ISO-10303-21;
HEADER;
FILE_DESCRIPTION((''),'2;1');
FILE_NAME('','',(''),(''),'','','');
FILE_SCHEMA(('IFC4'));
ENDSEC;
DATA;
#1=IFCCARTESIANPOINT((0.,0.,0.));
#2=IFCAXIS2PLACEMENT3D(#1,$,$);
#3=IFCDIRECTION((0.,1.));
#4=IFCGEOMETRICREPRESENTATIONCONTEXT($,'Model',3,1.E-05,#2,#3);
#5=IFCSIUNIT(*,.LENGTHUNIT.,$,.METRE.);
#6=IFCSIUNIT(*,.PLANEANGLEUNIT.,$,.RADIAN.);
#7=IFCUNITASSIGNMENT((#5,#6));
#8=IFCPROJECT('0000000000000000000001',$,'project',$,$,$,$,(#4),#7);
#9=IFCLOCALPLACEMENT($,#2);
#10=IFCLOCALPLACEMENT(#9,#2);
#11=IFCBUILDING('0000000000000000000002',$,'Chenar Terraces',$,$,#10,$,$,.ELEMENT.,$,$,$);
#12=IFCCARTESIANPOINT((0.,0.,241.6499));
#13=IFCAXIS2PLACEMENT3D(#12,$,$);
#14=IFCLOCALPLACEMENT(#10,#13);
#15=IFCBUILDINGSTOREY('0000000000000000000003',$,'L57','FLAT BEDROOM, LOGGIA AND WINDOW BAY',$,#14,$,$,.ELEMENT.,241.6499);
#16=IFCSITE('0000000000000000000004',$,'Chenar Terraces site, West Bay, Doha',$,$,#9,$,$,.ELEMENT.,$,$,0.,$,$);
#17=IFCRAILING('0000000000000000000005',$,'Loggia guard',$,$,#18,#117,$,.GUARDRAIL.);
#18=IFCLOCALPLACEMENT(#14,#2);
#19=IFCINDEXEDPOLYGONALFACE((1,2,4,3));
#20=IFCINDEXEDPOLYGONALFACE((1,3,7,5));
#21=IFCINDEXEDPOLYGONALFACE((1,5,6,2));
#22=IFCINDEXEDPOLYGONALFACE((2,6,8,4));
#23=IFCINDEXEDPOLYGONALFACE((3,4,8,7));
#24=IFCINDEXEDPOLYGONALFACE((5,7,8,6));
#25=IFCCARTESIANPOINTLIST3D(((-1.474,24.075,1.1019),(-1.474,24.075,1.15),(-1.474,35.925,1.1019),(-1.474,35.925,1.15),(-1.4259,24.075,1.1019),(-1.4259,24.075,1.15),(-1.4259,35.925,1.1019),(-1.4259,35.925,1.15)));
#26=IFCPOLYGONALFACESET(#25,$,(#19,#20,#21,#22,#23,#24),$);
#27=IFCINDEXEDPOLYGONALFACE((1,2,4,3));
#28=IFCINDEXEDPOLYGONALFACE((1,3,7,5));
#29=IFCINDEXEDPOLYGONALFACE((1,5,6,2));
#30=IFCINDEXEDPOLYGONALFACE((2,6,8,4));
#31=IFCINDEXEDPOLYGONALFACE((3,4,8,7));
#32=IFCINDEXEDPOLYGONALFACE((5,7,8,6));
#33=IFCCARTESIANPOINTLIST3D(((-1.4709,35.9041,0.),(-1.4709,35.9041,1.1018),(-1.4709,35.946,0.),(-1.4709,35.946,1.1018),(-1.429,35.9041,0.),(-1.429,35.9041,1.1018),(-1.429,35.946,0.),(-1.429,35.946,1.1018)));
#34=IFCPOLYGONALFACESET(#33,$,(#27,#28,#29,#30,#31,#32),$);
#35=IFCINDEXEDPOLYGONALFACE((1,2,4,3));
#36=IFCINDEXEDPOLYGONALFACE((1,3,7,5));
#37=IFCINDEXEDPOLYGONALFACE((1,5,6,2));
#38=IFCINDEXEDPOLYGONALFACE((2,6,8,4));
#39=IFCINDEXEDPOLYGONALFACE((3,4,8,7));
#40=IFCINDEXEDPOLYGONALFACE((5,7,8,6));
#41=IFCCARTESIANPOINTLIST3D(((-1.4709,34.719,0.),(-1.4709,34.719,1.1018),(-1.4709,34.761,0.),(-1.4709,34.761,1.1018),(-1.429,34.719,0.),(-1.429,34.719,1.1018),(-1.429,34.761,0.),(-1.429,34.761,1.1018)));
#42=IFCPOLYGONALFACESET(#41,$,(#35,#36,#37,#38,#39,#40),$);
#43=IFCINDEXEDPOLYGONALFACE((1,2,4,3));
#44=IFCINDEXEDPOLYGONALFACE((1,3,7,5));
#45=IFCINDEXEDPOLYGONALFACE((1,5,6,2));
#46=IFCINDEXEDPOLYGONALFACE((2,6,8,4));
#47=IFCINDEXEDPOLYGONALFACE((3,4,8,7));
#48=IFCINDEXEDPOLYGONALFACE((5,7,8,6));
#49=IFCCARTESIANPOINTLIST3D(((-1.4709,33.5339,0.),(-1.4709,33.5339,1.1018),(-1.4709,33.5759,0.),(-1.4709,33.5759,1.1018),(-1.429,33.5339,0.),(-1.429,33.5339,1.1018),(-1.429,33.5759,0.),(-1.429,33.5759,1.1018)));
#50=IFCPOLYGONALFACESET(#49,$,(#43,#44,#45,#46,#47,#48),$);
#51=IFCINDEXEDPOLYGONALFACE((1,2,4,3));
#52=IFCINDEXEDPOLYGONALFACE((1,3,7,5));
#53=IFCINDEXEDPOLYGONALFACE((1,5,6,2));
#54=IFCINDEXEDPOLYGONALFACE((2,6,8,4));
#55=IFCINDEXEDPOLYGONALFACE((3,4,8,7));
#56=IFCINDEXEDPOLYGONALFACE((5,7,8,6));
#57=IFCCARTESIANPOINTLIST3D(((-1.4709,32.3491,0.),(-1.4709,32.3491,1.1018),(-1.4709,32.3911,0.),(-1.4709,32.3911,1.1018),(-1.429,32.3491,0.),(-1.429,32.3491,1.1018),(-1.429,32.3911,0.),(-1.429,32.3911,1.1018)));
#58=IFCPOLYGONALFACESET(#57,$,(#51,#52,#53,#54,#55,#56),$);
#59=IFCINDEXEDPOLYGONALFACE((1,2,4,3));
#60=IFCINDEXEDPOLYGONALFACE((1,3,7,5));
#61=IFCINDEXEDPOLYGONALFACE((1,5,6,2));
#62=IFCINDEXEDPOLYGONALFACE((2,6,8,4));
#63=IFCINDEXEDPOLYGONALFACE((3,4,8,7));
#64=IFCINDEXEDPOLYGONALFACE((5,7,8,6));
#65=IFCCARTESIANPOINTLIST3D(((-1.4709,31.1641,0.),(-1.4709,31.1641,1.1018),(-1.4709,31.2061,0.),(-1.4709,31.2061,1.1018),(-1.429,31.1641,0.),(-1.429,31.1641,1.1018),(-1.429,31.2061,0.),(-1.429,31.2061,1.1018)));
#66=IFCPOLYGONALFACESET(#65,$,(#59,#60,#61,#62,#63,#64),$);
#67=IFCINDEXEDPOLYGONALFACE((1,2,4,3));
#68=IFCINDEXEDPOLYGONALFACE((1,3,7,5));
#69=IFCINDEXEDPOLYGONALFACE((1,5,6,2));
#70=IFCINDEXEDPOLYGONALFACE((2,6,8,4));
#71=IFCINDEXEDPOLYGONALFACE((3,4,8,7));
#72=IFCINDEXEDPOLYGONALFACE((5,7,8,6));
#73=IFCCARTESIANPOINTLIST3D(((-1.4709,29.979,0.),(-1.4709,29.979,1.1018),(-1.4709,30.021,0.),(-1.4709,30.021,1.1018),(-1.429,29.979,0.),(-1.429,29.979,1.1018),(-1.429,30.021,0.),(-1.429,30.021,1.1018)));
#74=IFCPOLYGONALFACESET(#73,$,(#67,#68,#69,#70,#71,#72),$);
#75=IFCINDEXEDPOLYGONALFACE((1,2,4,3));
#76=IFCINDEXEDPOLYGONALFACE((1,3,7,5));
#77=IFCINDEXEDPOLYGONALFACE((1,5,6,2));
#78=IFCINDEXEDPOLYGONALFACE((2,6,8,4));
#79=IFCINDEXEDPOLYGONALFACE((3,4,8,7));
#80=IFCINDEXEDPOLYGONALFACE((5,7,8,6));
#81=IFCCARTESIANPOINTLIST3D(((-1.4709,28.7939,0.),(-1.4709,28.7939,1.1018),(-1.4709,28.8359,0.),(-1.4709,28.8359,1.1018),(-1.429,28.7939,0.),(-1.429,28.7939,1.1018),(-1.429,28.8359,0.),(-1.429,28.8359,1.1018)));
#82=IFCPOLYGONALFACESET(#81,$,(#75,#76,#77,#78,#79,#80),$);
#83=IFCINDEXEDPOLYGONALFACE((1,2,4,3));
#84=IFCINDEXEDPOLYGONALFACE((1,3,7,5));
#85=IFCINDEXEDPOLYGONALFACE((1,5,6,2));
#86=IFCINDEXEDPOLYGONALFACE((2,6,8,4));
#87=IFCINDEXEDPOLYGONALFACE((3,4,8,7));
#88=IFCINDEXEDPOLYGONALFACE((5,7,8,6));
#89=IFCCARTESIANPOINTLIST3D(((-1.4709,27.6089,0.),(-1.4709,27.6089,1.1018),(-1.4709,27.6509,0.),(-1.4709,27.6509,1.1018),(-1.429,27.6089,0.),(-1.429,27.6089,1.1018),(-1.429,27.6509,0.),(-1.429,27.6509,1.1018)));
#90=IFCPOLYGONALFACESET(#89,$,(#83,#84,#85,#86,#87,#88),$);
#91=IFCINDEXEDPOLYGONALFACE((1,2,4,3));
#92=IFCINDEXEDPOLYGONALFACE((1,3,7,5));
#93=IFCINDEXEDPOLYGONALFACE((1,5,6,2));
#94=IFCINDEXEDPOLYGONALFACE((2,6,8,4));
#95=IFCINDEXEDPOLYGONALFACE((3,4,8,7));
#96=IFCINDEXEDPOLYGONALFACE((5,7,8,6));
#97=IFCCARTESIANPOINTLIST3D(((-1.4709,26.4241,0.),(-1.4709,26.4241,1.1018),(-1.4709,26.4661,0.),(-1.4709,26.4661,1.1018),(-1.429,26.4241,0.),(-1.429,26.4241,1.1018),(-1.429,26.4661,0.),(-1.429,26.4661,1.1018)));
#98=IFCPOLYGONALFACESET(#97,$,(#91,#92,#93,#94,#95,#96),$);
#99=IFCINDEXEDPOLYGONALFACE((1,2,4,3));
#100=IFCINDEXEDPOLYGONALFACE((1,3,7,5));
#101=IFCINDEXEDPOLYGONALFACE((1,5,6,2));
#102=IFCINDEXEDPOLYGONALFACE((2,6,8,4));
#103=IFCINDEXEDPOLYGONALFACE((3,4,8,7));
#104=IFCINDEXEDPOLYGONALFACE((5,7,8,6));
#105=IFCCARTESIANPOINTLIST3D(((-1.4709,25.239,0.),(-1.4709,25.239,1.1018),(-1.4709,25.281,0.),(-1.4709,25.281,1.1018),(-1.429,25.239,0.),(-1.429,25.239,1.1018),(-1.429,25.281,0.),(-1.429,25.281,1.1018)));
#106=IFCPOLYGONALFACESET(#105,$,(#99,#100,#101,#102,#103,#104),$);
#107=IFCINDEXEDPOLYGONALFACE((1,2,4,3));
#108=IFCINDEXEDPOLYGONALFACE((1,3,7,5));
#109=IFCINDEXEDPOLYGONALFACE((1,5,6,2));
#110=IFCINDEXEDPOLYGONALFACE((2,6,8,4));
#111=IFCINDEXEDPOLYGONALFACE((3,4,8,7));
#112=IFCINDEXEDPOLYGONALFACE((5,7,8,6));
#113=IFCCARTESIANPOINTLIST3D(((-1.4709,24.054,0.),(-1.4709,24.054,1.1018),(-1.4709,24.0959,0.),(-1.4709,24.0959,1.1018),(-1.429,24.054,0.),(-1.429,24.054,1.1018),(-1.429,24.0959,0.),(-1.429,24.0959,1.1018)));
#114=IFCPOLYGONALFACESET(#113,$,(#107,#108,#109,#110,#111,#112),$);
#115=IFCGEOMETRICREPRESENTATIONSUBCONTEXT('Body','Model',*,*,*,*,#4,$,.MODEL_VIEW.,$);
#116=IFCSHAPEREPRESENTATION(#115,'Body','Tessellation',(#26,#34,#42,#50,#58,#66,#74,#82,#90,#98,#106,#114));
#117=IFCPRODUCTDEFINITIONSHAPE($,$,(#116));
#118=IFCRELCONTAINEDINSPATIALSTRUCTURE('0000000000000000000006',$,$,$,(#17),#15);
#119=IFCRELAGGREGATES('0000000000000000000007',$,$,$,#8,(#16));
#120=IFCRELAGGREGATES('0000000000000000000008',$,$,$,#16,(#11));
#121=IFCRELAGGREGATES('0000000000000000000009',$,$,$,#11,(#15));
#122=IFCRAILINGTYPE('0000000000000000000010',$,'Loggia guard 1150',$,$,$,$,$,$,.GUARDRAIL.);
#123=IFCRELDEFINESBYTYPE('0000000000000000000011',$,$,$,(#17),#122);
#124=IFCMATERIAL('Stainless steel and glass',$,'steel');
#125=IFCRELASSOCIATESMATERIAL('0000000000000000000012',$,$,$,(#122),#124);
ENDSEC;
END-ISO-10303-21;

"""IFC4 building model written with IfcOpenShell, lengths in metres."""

from ifc_helpers import new_model, si_unit, direction, frame, origin, origin_2d, place, context, subcontext, project, spatial, rectangle, extrude, material, type_object, element, save


model = new_model("IFC4")

# Units and contexts
model_context = context("Model", 3, precision=1e-05, world=origin(), true_north=direction((0.0, 1.0)))
body_context = subcontext(model_context, "Body", "Model", "MODEL_VIEW")
ifc_project = project(units=[si_unit("LENGTHUNIT", "METRE"), si_unit("PLANEANGLEUNIT", "RADIAN")], contexts=[model_context])

# Site, building, storey
site_placement = place(None, origin())
site = spatial("IfcSite", under=ifc_project, at=site_placement, Name="Chenar Terraces site, West Bay, Doha", CompositionType="ELEMENT", RefElevation=0.0)
building_placement = place(site_placement, origin())
building = spatial("IfcBuilding", under=site, at=building_placement, Name="Chenar Terraces", CompositionType="ELEMENT")
storey_placement = place(building_placement, frame((0.0, 0.0, 241.6499)))
storey = spatial("IfcBuildingStorey", under=building, at=storey_placement, Name="L57", Description="FLAT BEDROOM, LOGGIA AND WINDOW BAY", CompositionType="ELEMENT", Elevation=241.6499)

# Railing
ifc_material_1 = material(Name="Stainless steel and glass", Category="steel")
railing_type_1 = type_object("IfcRailingType", Name="Loggia guard 1150", PredefinedType="GUARDRAIL", material=ifc_material_1)
railing_1_placement = place(storey_placement, frame((-1.45, 35.925, 0.0)))
element("IfcRailing", 1, at=railing_1_placement, inside=storey, type_object=railing_type_1, Name="Loggia guard", PredefinedType="GUARDRAIL", context=body_context, shape_type="SweptSolid", body=[
    extrude(rectangle(XDim=0.0481, YDim=0.0481, at=origin_2d()), frame((0.0, 0.0, 1.126), z_axis=(0.0, -1.0, 0.0), x_axis=(1.0, 0.0, 0.0)), (0.0, 0.0, 1.0), 11.8501),
    extrude(rectangle(XDim=0.042, YDim=0.042, at=origin_2d()), origin(), (0.0, 0.0, 1.0), 1.1018),
    extrude(rectangle(XDim=0.042, YDim=0.042, at=origin_2d()), frame((0.0, -1.1851, 0.0)), (0.0, 0.0, 1.0), 1.1018),
    extrude(rectangle(XDim=0.042, YDim=0.042, at=origin_2d()), frame((0.0, -2.3701, 0.0)), (0.0, 0.0, 1.0), 1.1018),
    extrude(rectangle(XDim=0.042, YDim=0.042, at=origin_2d()), frame((0.0, -3.5549, 0.0)), (0.0, 0.0, 1.0), 1.1018),
    extrude(rectangle(XDim=0.042, YDim=0.042, at=origin_2d()), frame((0.0, -4.74, 0.0)), (0.0, 0.0, 1.0), 1.1018),
    extrude(rectangle(XDim=0.042, YDim=0.042, at=origin_2d()), frame((0.0, -5.925, 0.0)), (0.0, 0.0, 1.0), 1.1018),
    extrude(rectangle(XDim=0.042, YDim=0.042, at=origin_2d()), frame((0.0, -7.1101, 0.0)), (0.0, 0.0, 1.0), 1.1018),
    extrude(rectangle(XDim=0.042, YDim=0.042, at=origin_2d()), frame((0.0, -8.2952, 0.0)), (0.0, 0.0, 1.0), 1.1018),
    extrude(rectangle(XDim=0.042, YDim=0.042, at=origin_2d()), frame((0.0, -9.48, 0.0)), (0.0, 0.0, 1.0), 1.1018),
    extrude(rectangle(XDim=0.042, YDim=0.042, at=origin_2d()), frame((0.0, -10.665, 0.0)), (0.0, 0.0, 1.0), 1.1018),
    extrude(rectangle(XDim=0.042, YDim=0.042, at=origin_2d()), frame((0.0, -11.8501, 0.0)), (0.0, 0.0, 1.0), 1.1018),
])

save(model, "model.ifc")
